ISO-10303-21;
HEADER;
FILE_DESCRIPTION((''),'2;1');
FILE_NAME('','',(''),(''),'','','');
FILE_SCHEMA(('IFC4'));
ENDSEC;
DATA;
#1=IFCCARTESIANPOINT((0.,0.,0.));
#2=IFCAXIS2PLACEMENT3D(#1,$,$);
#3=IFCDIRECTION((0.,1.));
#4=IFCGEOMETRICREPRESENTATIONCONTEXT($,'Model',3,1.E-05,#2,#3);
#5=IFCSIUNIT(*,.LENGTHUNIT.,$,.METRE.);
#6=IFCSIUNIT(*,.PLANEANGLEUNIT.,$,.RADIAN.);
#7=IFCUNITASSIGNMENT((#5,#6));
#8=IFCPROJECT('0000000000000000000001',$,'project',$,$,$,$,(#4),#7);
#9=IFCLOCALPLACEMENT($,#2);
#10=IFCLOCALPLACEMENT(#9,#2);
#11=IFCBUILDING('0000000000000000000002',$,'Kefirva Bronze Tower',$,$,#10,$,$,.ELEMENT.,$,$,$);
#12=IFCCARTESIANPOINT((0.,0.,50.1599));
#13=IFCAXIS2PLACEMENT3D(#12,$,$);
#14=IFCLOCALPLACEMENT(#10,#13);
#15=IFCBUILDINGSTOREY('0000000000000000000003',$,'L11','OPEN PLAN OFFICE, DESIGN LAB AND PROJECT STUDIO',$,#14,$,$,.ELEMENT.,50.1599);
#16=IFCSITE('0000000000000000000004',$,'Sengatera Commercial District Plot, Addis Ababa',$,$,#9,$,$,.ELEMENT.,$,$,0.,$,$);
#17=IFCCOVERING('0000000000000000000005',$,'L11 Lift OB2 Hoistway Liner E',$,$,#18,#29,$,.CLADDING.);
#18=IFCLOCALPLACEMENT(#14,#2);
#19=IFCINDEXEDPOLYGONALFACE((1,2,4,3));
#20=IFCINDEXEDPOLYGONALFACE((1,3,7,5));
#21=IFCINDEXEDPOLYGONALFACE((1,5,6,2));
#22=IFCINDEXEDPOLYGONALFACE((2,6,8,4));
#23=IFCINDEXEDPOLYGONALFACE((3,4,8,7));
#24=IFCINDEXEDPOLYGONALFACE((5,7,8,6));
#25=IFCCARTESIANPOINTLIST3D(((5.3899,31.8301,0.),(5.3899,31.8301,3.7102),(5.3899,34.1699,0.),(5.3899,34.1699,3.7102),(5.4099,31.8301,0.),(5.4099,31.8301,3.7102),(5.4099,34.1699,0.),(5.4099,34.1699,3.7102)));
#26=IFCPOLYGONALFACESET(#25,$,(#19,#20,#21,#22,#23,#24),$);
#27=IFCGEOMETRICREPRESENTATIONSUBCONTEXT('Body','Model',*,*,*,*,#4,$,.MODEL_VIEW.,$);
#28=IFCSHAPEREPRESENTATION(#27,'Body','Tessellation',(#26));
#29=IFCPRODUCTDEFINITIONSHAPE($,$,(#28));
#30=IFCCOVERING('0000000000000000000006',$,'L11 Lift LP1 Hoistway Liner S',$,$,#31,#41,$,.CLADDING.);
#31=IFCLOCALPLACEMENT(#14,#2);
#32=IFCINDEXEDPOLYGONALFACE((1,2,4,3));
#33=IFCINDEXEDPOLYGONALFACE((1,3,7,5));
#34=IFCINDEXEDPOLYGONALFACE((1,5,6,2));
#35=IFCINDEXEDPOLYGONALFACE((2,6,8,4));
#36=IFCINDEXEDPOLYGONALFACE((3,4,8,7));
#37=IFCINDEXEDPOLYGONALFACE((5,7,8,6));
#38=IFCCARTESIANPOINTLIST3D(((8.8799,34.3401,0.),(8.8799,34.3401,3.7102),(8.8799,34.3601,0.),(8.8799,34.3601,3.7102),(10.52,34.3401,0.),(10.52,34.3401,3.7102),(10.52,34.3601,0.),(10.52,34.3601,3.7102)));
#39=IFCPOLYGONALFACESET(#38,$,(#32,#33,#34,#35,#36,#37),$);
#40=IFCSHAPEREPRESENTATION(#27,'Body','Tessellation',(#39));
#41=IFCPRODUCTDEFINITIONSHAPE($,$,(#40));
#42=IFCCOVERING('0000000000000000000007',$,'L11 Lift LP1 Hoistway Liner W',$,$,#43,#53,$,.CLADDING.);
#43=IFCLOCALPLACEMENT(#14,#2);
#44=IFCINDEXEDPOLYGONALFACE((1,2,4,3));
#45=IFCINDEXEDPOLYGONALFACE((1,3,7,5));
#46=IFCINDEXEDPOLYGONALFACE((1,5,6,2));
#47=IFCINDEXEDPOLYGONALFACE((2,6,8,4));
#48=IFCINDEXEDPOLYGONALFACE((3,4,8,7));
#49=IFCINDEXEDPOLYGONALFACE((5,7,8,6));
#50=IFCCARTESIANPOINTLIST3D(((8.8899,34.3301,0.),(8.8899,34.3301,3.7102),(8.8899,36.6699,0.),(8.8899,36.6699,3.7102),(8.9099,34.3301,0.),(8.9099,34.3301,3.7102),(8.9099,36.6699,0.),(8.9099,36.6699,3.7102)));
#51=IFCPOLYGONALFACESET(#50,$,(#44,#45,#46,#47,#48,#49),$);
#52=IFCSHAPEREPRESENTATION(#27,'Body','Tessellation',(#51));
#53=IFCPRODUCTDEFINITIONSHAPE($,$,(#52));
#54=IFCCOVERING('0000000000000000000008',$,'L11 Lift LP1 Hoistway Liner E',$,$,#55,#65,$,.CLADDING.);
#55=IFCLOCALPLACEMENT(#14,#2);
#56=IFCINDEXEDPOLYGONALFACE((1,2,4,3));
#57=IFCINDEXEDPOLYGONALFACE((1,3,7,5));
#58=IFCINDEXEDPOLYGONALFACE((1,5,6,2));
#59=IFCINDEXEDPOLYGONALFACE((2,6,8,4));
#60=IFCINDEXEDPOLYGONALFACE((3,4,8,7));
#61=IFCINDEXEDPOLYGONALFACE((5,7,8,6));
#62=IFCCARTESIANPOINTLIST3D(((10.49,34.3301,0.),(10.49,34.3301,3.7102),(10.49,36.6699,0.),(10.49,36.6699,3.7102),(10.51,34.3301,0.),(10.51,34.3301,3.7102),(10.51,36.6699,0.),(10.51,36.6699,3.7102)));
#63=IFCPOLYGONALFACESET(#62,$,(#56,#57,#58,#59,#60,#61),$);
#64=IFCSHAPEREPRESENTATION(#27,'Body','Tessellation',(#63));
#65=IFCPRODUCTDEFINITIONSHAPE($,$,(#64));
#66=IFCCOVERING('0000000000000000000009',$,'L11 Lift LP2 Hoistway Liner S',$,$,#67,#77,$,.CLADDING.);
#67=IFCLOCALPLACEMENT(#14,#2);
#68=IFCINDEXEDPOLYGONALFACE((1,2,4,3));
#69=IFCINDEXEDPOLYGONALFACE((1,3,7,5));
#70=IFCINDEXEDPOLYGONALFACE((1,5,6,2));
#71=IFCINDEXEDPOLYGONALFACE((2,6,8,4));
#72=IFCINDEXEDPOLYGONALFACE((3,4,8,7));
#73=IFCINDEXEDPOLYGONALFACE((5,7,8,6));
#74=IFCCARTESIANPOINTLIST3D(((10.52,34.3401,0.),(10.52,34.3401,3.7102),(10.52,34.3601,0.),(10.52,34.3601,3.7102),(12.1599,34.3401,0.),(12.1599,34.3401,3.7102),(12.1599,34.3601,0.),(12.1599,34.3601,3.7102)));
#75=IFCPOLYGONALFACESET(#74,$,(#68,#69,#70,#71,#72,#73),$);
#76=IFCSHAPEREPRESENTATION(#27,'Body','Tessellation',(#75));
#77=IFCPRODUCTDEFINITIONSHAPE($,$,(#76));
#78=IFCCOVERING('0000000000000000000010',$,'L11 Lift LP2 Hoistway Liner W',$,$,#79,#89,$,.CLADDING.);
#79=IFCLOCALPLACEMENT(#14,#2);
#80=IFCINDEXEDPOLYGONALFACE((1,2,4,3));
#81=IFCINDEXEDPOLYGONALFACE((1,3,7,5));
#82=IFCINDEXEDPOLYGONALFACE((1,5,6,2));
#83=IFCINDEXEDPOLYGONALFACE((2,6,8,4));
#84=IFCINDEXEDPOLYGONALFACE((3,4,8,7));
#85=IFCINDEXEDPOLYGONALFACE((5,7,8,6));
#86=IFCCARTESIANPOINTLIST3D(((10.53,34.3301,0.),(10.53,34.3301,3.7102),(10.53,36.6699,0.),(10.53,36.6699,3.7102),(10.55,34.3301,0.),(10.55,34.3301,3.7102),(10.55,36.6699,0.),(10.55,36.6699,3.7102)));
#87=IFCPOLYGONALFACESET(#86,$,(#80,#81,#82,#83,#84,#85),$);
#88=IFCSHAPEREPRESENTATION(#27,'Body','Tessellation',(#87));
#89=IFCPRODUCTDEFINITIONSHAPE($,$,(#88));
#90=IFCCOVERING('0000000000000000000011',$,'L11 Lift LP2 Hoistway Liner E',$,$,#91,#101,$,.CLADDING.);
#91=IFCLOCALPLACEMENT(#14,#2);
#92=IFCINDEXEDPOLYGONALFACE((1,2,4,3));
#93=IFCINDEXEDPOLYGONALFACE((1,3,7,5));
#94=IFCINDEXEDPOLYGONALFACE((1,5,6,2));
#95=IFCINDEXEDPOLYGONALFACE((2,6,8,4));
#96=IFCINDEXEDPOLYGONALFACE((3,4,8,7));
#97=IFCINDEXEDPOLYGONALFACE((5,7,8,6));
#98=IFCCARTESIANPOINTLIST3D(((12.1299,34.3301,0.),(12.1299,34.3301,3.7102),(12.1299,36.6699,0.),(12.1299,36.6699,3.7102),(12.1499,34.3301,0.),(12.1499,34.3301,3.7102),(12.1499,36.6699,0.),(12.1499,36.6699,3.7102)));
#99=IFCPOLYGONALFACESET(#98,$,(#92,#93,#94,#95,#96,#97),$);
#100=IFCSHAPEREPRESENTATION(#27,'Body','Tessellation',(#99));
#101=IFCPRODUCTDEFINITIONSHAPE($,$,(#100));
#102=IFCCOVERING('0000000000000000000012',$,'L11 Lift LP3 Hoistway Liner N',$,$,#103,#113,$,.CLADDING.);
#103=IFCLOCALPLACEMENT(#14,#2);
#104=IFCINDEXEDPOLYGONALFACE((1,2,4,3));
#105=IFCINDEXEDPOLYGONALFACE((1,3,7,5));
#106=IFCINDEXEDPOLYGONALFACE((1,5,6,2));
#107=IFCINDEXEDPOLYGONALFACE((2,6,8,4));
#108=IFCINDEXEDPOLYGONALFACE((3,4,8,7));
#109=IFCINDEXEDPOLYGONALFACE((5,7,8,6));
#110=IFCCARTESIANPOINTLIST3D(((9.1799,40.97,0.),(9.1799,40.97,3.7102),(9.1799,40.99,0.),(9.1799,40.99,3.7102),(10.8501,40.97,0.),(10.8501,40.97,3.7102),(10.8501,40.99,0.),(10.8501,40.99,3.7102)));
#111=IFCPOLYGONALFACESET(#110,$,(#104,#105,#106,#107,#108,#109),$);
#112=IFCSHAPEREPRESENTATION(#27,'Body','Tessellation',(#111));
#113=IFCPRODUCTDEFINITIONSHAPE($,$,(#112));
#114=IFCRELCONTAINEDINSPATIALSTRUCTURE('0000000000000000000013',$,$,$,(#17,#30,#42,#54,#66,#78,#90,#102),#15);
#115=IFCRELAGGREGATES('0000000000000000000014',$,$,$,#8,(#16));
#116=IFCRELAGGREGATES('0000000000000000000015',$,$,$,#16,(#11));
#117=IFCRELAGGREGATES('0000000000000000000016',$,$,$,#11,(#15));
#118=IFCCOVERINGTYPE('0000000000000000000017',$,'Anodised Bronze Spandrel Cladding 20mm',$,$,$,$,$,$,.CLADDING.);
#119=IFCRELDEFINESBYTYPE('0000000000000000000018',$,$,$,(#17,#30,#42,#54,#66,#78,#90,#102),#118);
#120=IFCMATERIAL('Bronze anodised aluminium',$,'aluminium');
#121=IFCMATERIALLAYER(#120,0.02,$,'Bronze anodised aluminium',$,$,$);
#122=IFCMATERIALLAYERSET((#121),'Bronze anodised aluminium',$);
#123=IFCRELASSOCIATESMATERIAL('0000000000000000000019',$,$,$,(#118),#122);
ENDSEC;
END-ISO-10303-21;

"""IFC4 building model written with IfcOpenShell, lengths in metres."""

from ifc_helpers import new_model, si_unit, direction, frame, origin, place, context, subcontext, project, spatial, polyline, outline, extrude, material, layer, layer_set, type_object, element, save


model = new_model("IFC4")

# Units and contexts
model_context = context("Model", 3, precision=1e-05, world=origin(), true_north=direction((0.0, 1.0)))
body_context = subcontext(model_context, "Body", "Model", "MODEL_VIEW")
ifc_project = project(units=[si_unit("LENGTHUNIT", "METRE"), si_unit("PLANEANGLEUNIT", "RADIAN")], contexts=[model_context])

# Site, building, storey
site_placement = place(None, origin())
site = spatial("IfcSite", under=ifc_project, at=site_placement, Name="Sengatera Commercial District Plot, Addis Ababa", CompositionType="ELEMENT", RefElevation=0.0)
building_placement = place(site_placement, origin())
building = spatial("IfcBuilding", under=site, at=building_placement, Name="Kefirva Bronze Tower", CompositionType="ELEMENT")
storey_placement = place(building_placement, frame((0.0, 0.0, 50.1599)))
storey = spatial("IfcBuildingStorey", under=building, at=storey_placement, Name="L11", Description="OPEN PLAN OFFICE, DESIGN LAB AND PROJECT STUDIO", CompositionType="ELEMENT", Elevation=50.1599)

# Coverings
ifc_material_1 = material(Name="Bronze anodised aluminium", Category="aluminium")
ifc_layer_1 = layer(ifc_material_1, 0.02, Name="Bronze anodised aluminium")
ifc_layer_set_1 = layer_set([ifc_layer_1], Name="Bronze anodised aluminium")
covering_type = type_object("IfcCoveringType", Name="Anodised Bronze Spandrel Cladding 20mm", PredefinedType="CLADDING", material=ifc_layer_set_1)
covering_1_placement = place(storey_placement, origin())
element("IfcCovering", 1, at=covering_1_placement, inside=storey, type_object=covering_type, Name="L11 Lift OB2 Hoistway Liner E", PredefinedType="CLADDING", context=body_context, shape_type="SweptSolid", body=[
    extrude(outline(polyline([(5.3899, 31.8301), (5.4099, 31.8301), (5.4099, 34.1699), (5.3899, 34.1699), (5.3899, 31.8301)])), origin(), (0.0, 0.0, 1.0), 3.7102),
])
covering_2_placement = place(storey_placement, origin())
element("IfcCovering", 2, at=covering_2_placement, inside=storey, type_object=covering_type, Name="L11 Lift LP1 Hoistway Liner S", PredefinedType="CLADDING", context=body_context, shape_type="SweptSolid", body=[
    extrude(outline(polyline([(8.8799, 34.3401), (10.52, 34.3401), (10.52, 34.3601), (8.8799, 34.3601), (8.8799, 34.3401)])), origin(), (0.0, 0.0, 1.0), 3.7102),
])
covering_3_placement = place(storey_placement, origin())
element("IfcCovering", 3, at=covering_3_placement, inside=storey, type_object=covering_type, Name="L11 Lift LP1 Hoistway Liner W", PredefinedType="CLADDING", context=body_context, shape_type="SweptSolid", body=[
    extrude(outline(polyline([(8.8899, 34.3301), (8.9099, 34.3301), (8.9099, 36.6699), (8.8899, 36.6699), (8.8899, 34.3301)])), origin(), (0.0, 0.0, 1.0), 3.7102),
])
covering_4_placement = place(storey_placement, origin())
element("IfcCovering", 4, at=covering_4_placement, inside=storey, type_object=covering_type, Name="L11 Lift LP1 Hoistway Liner E", PredefinedType="CLADDING", context=body_context, shape_type="SweptSolid", body=[
    extrude(outline(polyline([(10.49, 34.3301), (10.51, 34.3301), (10.51, 36.6699), (10.49, 36.6699), (10.49, 34.3301)])), origin(), (0.0, 0.0, 1.0), 3.7102),
])
covering_5_placement = place(storey_placement, origin())
element("IfcCovering", 5, at=covering_5_placement, inside=storey, type_object=covering_type, Name="L11 Lift LP2 Hoistway Liner S", PredefinedType="CLADDING", context=body_context, shape_type="SweptSolid", body=[
    extrude(outline(polyline([(10.52, 34.3401), (12.1599, 34.3401), (12.1599, 34.3601), (10.52, 34.3601), (10.52, 34.3401)])), origin(), (0.0, 0.0, 1.0), 3.7102),
])
covering_6_placement = place(storey_placement, origin())
element("IfcCovering", 6, at=covering_6_placement, inside=storey, type_object=covering_type, Name="L11 Lift LP2 Hoistway Liner W", PredefinedType="CLADDING", context=body_context, shape_type="SweptSolid", body=[
    extrude(outline(polyline([(10.53, 34.3301), (10.55, 34.3301), (10.55, 36.6699), (10.53, 36.6699), (10.53, 34.3301)])), origin(), (0.0, 0.0, 1.0), 3.7102),
])
covering_7_placement = place(storey_placement, origin())
element("IfcCovering", 7, at=covering_7_placement, inside=storey, type_object=covering_type, Name="L11 Lift LP2 Hoistway Liner E", PredefinedType="CLADDING", context=body_context, shape_type="SweptSolid", body=[
    extrude(outline(polyline([(12.1299, 34.3301), (12.1499, 34.3301), (12.1499, 36.6699), (12.1299, 36.6699), (12.1299, 34.3301)])), origin(), (0.0, 0.0, 1.0), 3.7102),
])
covering_8_placement = place(storey_placement, origin())
element("IfcCovering", 8, at=covering_8_placement, inside=storey, type_object=covering_type, Name="L11 Lift LP3 Hoistway Liner N", PredefinedType="CLADDING", context=body_context, shape_type="SweptSolid", body=[
    extrude(outline(polyline([(9.1799, 40.97), (10.8501, 40.97), (10.8501, 40.99), (9.1799, 40.99), (9.1799, 40.97)])), origin(), (0.0, 0.0, 1.0), 3.7102),
])

save(model, "model.ifc")
